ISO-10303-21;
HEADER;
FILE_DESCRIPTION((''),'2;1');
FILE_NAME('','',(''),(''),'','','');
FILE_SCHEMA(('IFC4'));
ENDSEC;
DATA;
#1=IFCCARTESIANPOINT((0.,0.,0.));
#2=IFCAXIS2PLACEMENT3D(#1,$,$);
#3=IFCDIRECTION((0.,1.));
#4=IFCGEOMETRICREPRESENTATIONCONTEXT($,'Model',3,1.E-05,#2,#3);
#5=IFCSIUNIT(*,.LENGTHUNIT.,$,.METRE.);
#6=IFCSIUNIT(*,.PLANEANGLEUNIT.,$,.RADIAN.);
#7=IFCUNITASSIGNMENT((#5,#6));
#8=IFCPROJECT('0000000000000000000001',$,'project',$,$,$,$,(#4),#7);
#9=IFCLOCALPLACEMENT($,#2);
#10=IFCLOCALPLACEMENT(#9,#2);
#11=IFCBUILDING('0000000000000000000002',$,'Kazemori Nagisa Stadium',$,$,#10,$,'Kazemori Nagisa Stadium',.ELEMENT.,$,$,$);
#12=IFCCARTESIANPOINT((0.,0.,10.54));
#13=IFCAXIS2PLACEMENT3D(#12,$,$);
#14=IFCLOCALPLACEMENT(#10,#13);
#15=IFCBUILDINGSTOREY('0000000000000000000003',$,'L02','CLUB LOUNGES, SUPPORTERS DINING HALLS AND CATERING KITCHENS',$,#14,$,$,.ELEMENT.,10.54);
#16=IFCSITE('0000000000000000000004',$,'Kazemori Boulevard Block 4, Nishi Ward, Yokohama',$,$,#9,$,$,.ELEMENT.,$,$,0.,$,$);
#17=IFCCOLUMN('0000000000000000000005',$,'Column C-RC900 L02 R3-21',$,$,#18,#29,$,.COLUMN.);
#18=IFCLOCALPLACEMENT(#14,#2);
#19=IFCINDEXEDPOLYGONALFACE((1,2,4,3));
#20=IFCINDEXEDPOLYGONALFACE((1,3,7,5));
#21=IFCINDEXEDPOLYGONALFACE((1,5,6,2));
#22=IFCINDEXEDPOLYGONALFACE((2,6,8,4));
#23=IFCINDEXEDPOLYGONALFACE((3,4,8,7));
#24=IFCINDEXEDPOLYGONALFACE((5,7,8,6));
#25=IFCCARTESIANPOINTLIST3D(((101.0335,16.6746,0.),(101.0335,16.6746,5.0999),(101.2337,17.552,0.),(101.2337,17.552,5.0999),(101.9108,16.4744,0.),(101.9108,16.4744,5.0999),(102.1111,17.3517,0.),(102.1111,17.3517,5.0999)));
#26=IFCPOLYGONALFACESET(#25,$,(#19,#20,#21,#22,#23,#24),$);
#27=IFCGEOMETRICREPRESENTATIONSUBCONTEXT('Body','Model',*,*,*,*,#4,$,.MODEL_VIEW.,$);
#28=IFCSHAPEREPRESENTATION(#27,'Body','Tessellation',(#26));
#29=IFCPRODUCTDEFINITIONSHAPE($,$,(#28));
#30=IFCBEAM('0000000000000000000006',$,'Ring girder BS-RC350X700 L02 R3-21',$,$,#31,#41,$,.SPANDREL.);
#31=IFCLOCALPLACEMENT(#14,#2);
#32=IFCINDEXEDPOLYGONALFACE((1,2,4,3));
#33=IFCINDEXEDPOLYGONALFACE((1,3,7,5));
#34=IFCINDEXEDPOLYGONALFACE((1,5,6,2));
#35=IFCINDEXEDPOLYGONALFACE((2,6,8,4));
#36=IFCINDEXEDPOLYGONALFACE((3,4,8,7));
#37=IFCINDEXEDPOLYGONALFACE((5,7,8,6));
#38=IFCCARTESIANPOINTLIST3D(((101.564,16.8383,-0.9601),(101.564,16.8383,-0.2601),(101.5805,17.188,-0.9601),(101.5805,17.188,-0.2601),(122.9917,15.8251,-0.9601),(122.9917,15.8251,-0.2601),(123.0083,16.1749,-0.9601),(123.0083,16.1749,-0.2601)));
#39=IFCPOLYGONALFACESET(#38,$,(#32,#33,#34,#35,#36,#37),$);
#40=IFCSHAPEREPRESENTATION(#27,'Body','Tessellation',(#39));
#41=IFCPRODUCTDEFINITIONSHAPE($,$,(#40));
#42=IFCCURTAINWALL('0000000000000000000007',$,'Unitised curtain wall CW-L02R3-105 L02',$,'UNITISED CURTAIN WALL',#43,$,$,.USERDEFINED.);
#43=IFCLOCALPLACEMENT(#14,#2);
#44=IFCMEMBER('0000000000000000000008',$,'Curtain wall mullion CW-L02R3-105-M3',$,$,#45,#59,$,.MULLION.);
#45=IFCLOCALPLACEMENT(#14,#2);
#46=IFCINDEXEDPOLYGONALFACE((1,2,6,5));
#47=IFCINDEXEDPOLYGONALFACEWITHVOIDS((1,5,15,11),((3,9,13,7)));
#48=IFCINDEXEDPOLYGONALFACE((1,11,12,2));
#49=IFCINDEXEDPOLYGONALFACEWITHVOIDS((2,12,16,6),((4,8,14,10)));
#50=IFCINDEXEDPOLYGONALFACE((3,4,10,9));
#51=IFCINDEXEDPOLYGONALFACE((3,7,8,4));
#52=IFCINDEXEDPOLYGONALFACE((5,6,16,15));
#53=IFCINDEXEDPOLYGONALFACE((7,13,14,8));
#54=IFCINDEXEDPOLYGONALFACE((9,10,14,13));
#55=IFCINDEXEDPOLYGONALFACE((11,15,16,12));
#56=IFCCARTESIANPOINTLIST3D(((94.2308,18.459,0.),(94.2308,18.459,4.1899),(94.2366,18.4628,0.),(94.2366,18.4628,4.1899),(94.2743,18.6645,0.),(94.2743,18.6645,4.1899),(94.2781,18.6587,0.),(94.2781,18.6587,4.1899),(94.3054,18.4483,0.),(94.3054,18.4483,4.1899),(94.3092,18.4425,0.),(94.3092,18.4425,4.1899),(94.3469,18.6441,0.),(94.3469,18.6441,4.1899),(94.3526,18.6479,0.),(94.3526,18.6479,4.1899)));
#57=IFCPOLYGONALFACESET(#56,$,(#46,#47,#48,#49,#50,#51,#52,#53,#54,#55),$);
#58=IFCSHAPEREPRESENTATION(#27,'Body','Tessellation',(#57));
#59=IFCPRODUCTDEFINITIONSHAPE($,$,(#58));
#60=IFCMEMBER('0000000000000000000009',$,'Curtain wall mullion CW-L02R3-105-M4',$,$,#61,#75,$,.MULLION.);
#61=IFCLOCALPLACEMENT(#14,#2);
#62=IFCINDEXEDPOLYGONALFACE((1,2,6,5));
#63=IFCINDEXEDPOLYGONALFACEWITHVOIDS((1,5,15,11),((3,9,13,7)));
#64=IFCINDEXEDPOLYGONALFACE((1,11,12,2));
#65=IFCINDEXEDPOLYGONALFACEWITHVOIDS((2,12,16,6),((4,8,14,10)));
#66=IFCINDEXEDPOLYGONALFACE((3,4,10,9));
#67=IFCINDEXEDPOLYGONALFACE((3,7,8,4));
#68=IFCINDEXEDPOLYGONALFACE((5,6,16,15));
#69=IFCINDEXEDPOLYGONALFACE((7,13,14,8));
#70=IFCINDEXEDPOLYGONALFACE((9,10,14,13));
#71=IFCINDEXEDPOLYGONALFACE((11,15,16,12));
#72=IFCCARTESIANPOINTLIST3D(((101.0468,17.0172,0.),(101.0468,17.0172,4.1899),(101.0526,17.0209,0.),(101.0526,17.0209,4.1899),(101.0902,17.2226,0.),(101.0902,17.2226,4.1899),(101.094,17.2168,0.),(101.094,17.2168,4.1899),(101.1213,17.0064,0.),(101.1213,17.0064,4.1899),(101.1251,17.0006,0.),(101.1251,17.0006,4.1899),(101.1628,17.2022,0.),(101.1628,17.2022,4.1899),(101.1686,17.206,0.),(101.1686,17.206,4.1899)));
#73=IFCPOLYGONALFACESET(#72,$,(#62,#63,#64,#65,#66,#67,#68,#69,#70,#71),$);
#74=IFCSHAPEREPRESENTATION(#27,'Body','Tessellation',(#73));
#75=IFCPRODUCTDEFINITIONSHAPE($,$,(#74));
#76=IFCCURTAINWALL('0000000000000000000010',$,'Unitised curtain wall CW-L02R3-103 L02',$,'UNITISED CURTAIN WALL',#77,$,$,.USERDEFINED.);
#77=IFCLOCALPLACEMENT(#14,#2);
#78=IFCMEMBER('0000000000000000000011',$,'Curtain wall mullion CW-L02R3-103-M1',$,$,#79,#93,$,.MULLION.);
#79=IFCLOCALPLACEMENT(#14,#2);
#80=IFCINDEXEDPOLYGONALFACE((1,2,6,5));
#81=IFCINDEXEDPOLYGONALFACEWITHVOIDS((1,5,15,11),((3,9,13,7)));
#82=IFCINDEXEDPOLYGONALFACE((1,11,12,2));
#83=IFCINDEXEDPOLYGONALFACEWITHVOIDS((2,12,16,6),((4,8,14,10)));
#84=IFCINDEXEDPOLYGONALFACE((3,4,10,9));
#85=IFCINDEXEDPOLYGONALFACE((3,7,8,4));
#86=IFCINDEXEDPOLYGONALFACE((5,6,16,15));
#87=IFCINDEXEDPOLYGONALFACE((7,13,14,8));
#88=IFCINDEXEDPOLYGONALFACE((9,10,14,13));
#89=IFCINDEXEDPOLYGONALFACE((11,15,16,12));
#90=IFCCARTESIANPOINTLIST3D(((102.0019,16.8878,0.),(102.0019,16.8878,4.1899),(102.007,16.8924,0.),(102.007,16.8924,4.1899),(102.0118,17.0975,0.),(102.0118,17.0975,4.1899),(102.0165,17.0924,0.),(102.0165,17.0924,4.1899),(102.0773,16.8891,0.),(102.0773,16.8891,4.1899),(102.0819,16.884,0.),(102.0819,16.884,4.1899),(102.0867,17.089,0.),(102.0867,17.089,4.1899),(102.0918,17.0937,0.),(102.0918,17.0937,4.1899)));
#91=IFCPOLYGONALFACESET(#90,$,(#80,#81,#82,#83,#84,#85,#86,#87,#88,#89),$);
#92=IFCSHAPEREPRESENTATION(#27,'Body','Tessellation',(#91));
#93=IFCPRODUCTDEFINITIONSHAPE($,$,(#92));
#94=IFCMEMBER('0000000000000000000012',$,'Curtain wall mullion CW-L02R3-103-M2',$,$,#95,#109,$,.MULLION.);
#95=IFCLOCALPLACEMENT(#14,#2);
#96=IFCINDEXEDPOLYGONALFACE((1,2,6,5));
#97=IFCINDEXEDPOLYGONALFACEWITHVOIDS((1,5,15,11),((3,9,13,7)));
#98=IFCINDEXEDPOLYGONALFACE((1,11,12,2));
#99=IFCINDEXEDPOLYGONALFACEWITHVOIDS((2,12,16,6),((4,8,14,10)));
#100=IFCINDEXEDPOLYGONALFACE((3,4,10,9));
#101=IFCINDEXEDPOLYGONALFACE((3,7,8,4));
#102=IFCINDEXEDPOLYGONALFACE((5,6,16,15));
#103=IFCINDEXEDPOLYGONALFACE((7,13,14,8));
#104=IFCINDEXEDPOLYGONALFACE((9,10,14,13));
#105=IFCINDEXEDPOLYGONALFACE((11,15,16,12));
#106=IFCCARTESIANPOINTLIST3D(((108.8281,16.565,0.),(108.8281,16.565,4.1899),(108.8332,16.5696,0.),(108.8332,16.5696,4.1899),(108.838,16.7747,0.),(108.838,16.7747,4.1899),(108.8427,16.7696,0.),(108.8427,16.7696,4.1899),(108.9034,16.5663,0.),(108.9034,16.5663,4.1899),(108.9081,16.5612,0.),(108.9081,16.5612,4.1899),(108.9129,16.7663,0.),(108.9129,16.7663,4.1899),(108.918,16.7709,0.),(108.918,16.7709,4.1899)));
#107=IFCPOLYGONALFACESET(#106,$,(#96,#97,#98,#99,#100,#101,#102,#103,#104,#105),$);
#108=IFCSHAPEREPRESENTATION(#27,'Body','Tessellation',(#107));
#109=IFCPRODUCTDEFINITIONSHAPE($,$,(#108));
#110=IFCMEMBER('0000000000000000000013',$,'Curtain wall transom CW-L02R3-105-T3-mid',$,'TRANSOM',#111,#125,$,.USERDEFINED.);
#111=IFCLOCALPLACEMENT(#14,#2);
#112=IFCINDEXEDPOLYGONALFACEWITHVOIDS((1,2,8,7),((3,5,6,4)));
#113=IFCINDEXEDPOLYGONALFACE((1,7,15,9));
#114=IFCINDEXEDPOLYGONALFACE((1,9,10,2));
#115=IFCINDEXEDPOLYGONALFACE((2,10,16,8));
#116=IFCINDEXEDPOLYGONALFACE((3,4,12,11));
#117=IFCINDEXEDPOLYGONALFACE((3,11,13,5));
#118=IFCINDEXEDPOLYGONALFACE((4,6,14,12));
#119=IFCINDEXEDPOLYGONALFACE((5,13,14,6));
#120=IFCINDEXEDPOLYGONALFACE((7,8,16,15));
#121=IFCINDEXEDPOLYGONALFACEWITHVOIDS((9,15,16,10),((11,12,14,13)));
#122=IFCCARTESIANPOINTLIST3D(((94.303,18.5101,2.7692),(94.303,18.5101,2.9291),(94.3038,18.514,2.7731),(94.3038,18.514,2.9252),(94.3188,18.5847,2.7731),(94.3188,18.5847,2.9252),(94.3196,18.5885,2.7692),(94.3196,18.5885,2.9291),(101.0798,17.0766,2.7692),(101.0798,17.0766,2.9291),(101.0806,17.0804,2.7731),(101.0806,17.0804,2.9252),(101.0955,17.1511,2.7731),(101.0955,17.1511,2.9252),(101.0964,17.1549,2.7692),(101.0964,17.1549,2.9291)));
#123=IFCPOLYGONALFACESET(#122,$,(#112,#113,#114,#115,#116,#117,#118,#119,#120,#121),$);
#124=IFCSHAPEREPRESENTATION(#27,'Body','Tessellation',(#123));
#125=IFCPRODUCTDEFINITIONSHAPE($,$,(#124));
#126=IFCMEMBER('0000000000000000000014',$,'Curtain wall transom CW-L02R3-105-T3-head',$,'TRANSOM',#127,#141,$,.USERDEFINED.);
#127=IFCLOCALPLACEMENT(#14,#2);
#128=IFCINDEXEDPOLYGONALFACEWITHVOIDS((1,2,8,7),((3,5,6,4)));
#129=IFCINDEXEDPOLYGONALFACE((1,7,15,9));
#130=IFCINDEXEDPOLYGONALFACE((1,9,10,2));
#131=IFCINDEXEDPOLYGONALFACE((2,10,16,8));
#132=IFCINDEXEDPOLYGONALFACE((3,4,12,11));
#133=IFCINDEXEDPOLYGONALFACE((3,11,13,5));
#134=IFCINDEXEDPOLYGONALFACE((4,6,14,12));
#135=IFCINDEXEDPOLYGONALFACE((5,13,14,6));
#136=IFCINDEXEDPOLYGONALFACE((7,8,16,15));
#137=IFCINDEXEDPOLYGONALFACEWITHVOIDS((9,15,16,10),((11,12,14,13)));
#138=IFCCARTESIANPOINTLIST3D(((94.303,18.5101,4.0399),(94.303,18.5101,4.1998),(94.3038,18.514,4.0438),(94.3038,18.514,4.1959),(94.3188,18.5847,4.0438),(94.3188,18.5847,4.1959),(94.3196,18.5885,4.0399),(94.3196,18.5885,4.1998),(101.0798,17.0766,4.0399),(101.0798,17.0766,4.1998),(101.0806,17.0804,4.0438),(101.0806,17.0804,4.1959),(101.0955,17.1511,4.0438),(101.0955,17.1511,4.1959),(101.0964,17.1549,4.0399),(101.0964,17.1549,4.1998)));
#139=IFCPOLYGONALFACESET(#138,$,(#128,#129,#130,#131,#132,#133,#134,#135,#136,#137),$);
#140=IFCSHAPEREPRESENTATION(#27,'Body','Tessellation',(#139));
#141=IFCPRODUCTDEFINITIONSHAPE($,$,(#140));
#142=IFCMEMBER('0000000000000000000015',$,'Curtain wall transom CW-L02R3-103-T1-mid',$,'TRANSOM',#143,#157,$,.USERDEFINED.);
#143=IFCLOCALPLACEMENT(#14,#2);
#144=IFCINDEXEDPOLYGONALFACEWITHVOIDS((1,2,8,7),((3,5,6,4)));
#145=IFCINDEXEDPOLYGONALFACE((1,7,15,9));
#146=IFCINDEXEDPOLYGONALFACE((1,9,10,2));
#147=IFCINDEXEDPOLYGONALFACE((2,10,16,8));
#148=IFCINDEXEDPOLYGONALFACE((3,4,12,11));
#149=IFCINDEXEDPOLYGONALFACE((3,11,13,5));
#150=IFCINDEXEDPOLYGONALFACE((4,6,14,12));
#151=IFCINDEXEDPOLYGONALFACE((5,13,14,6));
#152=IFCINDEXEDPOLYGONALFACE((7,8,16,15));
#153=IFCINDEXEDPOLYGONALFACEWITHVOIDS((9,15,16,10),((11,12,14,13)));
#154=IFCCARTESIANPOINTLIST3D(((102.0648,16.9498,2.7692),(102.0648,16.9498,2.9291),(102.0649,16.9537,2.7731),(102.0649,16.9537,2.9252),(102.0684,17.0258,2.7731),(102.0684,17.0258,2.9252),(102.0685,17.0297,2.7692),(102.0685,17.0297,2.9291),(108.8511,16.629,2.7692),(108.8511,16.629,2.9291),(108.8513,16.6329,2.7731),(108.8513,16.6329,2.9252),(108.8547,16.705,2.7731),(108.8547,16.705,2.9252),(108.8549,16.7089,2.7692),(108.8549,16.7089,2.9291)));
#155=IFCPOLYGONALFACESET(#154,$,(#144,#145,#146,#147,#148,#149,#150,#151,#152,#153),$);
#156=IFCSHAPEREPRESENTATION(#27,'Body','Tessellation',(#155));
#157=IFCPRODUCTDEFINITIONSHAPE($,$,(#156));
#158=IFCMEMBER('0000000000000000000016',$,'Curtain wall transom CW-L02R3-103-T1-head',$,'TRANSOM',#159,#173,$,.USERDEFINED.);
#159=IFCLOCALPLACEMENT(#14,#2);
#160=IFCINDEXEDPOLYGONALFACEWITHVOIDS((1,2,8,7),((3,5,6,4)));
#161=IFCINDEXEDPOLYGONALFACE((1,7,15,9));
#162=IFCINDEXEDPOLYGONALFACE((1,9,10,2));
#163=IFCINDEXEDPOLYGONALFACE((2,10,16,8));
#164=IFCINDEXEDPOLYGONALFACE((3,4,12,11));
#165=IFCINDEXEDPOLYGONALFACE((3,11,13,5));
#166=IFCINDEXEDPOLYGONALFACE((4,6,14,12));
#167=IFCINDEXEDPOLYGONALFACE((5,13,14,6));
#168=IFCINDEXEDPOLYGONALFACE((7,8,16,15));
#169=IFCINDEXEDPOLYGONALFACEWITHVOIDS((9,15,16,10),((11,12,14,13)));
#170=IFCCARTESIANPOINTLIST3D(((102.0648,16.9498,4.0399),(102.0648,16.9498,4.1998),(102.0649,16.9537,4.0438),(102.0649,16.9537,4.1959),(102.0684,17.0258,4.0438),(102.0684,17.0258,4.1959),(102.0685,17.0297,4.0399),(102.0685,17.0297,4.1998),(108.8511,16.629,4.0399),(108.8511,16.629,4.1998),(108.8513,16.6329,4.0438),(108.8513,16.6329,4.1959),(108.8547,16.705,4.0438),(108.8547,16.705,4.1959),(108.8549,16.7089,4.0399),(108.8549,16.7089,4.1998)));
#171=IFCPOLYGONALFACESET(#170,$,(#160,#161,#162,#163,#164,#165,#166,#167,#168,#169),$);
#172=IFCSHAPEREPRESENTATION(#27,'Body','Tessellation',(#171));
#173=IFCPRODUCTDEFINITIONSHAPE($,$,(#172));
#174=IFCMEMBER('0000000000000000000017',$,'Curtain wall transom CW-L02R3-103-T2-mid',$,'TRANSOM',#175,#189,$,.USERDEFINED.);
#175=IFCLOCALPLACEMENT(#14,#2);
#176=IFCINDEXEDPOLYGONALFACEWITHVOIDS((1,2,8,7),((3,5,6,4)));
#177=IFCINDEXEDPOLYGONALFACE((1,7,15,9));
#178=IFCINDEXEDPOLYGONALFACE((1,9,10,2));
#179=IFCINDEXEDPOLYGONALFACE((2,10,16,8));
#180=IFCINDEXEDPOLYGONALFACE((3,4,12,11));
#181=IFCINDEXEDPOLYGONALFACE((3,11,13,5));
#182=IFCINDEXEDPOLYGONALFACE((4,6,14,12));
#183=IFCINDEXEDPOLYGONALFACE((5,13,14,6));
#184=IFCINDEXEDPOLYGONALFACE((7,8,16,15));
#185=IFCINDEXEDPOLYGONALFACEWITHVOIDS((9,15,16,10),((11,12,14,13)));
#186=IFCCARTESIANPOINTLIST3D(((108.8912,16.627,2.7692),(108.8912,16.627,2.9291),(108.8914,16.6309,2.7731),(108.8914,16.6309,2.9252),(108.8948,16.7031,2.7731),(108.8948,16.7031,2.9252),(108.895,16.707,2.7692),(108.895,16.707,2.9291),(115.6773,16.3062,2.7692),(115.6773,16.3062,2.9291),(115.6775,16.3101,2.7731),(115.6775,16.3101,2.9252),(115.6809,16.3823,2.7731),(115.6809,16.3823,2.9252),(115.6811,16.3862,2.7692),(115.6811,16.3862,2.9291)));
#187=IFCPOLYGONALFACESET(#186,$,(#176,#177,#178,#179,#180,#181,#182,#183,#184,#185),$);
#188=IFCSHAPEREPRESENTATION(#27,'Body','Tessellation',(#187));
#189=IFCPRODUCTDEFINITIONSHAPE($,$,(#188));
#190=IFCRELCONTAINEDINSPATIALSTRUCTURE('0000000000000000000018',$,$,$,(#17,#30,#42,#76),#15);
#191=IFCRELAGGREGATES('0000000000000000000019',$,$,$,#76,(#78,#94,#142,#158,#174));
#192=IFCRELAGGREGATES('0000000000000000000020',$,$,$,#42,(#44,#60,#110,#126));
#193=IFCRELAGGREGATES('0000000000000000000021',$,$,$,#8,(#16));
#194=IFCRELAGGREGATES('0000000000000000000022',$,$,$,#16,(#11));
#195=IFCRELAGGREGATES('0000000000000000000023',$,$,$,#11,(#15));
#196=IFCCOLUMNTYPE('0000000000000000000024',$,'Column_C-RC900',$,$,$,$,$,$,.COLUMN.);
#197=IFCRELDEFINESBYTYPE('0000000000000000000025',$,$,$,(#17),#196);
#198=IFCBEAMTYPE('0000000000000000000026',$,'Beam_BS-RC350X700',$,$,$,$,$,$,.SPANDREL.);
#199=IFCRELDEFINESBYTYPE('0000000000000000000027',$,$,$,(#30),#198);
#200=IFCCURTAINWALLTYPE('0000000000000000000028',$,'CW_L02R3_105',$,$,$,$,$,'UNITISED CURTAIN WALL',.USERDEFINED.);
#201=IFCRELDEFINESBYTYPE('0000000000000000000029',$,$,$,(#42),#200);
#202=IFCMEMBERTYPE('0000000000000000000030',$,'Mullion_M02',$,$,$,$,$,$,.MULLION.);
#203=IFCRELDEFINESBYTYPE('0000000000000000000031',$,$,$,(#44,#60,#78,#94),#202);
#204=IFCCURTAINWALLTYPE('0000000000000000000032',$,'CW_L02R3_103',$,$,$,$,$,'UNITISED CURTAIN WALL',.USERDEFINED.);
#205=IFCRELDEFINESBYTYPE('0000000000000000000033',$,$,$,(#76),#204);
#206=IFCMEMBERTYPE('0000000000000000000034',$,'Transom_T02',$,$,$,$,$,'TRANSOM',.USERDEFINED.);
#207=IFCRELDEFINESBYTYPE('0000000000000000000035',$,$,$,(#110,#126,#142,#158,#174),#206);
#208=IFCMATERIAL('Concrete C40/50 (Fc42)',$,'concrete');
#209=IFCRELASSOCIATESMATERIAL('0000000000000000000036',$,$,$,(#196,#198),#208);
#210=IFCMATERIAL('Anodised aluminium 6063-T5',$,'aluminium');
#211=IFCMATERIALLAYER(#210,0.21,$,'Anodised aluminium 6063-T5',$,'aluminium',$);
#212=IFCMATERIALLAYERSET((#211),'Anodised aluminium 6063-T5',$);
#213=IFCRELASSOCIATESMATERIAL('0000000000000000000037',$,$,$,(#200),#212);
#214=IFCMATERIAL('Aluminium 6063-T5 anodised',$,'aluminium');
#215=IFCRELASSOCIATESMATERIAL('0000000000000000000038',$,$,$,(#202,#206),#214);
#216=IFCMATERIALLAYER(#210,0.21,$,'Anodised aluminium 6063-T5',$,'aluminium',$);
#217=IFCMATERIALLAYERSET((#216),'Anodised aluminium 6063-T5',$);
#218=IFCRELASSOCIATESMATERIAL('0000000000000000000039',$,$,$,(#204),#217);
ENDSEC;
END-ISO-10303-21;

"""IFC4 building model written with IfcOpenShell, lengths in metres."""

from ifc_helpers import new_model, si_unit, direction, frame, origin, origin_2d, place, context, subcontext, project, spatial, rectangle, hollow_rectangle, extrude, material, layer, layer_set, material_profile, profile_set, type_object, element, aggregate, save


model = new_model("IFC4")

# Units and contexts
model_context = context("Model", 3, precision=1e-05, world=origin(), true_north=direction((0.0, 1.0)))
body_context = subcontext(model_context, "Body", "Model", "MODEL_VIEW")
ifc_project = project(units=[si_unit("LENGTHUNIT", "METRE"), si_unit("PLANEANGLEUNIT", "RADIAN")], contexts=[model_context])

# Site, building, storey
site_placement = place(None, origin())
site = spatial("IfcSite", under=ifc_project, at=site_placement, Name="Kazemori Boulevard Block 4, Nishi Ward, Yokohama", CompositionType="ELEMENT", RefElevation=0.0)
building_placement = place(site_placement, origin())
building = spatial("IfcBuilding", under=site, at=building_placement, Name="Kazemori Nagisa Stadium", LongName="Kazemori Nagisa Stadium", CompositionType="ELEMENT")
storey_placement = place(building_placement, frame((0.0, 0.0, 10.54)))
storey = spatial("IfcBuildingStorey", under=building, at=storey_placement, Name="L02", Description="CLUB LOUNGES, SUPPORTERS DINING HALLS AND CATERING KITCHENS", CompositionType="ELEMENT", Elevation=10.54)

# Column
ifc_material_1 = material(Name="Concrete C40/50 (Fc42)", Category="concrete")
ifc_material_profile_1 = material_profile(ifc_material_1, rectangle(XDim=0.8999, YDim=0.8999, at=origin_2d()), Name="RC-COL-900x900")
ifc_profile_set_1 = profile_set([ifc_material_profile_1], Name="Concrete C40/50 (Fc42)")
column_type = type_object("IfcColumnType", Name="Column_C-RC900", PredefinedType="COLUMN", material=ifc_profile_set_1)
column_placement = place(storey_placement, frame((101.5723, 17.0132, 0.0), z_axis=(0.0, 0.0, 1.0), x_axis=(-0.222521, -0.974928, 0.0)))
element("IfcColumn", 1, at=column_placement, inside=storey, type_object=column_type, Name="Column C-RC900 L02 R3-21", PredefinedType="COLUMN", context=body_context, shape_type="SweptSolid", body=[
    extrude(rectangle(XDim=0.8999, YDim=0.8999, at=origin_2d()), origin(), (0.0, 0.0, 1.0), 5.0999),
])

# Beam
ifc_material_profile_2 = material_profile(ifc_material_1, rectangle(XDim=0.3501, YDim=0.7, at=origin_2d()), Name="RC-SP-350x700")
ifc_profile_set_2 = profile_set([ifc_material_profile_2], Name="Concrete C40/50 (Fc42)")
beam_type = type_object("IfcBeamType", Name="Beam_BS-RC350X700", PredefinedType="SPANDREL", material=ifc_profile_set_2)
beam_placement = place(storey_placement, frame((101.5723, 17.0132, -0.6101), z_axis=(0.998884, -0.047231, 0.0), x_axis=(0.047231, 0.998884, 0.0)))
element("IfcBeam", 2, at=beam_placement, inside=storey, type_object=beam_type, Name="Ring girder BS-RC350X700 L02 R3-21", PredefinedType="SPANDREL", context=body_context, shape_type="SweptSolid", body=[
    extrude(rectangle(XDim=0.3501, YDim=0.7, at=origin_2d()), origin(), (0.0, 0.0, 1.0), 21.4517),
])

# Curtain walls, members
ifc_material_2 = material(Name="Anodised aluminium 6063-T5", Category="aluminium")
ifc_layer_1 = layer(ifc_material_2, 0.21, Name="Anodised aluminium 6063-T5", Category="aluminium")
ifc_layer_set_1 = layer_set([ifc_layer_1], Name="Anodised aluminium 6063-T5")
curtain_wall_type_1 = type_object("IfcCurtainWallType", Name="CW_L02R3_105", ElementType="UNITISED CURTAIN WALL", PredefinedType="USERDEFINED", material=ifc_layer_set_1)
curtain_wall_1_placement = place(storey_placement, origin())
curtain_wall_1 = element("IfcCurtainWall", 3, at=curtain_wall_1_placement, inside=storey, type_object=curtain_wall_type_1, Name="Unitised curtain wall CW-L02R3-105 L02", ObjectType="UNITISED CURTAIN WALL", PredefinedType="USERDEFINED")
ifc_material_3 = material(Name="Aluminium 6063-T5 anodised", Category="aluminium")
ifc_material_profile_3 = material_profile(ifc_material_3, hollow_rectangle(XDim=0.0801, YDim=0.21, WallThickness=0.0049, at=origin_2d()), Name="ALU-MULL-80x210x5")
ifc_profile_set_3 = profile_set([ifc_material_profile_3], Name="Aluminium 6063-T5 anodised")
member_type_1 = type_object("IfcMemberType", Name="Mullion_M02", PredefinedType="MULLION", material=ifc_profile_set_3)
member_1_placement = place(storey_placement, frame((94.2917, 18.5535, 0.0), z_axis=(0.0, 0.0, 1.0), x_axis=(0.978345, -0.206981, 0.0)))
member_1 = element("IfcMember", 4, at=member_1_placement, type_object=member_type_1, Name="Curtain wall mullion CW-L02R3-105-M3", PredefinedType="MULLION", context=body_context, shape_type="SweptSolid", body=[
    extrude(hollow_rectangle(XDim=0.0801, YDim=0.21, WallThickness=0.0049, at=origin_2d()), origin(), (0.0, 0.0, 1.0), 4.1899),
])
member_2_placement = place(storey_placement, frame((101.1077, 17.1116, 0.0), z_axis=(0.0, 0.0, 1.0), x_axis=(0.978345, -0.206981, 0.0)))
member_2 = element("IfcMember", 5, at=member_2_placement, type_object=member_type_1, Name="Curtain wall mullion CW-L02R3-105-M4", PredefinedType="MULLION", context=body_context, shape_type="SweptSolid", body=[
    extrude(hollow_rectangle(XDim=0.0801, YDim=0.21, WallThickness=0.0049, at=origin_2d()), origin(), (0.0, 0.0, 1.0), 4.1899),
])
ifc_layer_2 = layer(ifc_material_2, 0.21, Name="Anodised aluminium 6063-T5", Category="aluminium")
ifc_layer_set_2 = layer_set([ifc_layer_2], Name="Anodised aluminium 6063-T5")
curtain_wall_type_2 = type_object("IfcCurtainWallType", Name="CW_L02R3_103", ElementType="UNITISED CURTAIN WALL", PredefinedType="USERDEFINED", material=ifc_layer_set_2)
curtain_wall_2_placement = place(storey_placement, origin())
curtain_wall_2 = element("IfcCurtainWall", 6, at=curtain_wall_2_placement, inside=storey, type_object=curtain_wall_type_2, Name="Unitised curtain wall CW-L02R3-103 L02", ObjectType="UNITISED CURTAIN WALL", PredefinedType="USERDEFINED")
member_3_placement = place(storey_placement, frame((102.0469, 16.9907, 0.0), z_axis=(0.0, 0.0, 1.0), x_axis=(0.998884, -0.04723, 0.0)))
member_3 = element("IfcMember", 7, at=member_3_placement, type_object=member_type_1, Name="Curtain wall mullion CW-L02R3-103-M1", PredefinedType="MULLION", context=body_context, shape_type="SweptSolid", body=[
    extrude(hollow_rectangle(XDim=0.0801, YDim=0.21, WallThickness=0.0049, at=origin_2d()), origin(), (0.0, 0.0, 1.0), 4.1899),
])
member_4_placement = place(storey_placement, frame((108.873, 16.668, 0.0), z_axis=(0.0, 0.0, 1.0), x_axis=(0.998884, -0.04723, 0.0)))
member_4 = element("IfcMember", 8, at=member_4_placement, type_object=member_type_1, Name="Curtain wall mullion CW-L02R3-103-M2", PredefinedType="MULLION", context=body_context, shape_type="SweptSolid", body=[
    extrude(hollow_rectangle(XDim=0.0801, YDim=0.21, WallThickness=0.0049, at=origin_2d()), origin(), (0.0, 0.0, 1.0), 4.1899),
])

# Members
ifc_material_profile_4 = material_profile(ifc_material_3, hollow_rectangle(XDim=0.0801, YDim=0.1599, WallThickness=0.0039, at=origin_2d()), Name="ALU-TRAN-80x160x4")
ifc_profile_set_4 = profile_set([ifc_material_profile_4], Name="Aluminium 6063-T5 anodised")
member_type_2 = type_object("IfcMemberType", Name="Transom_T02", ElementType="TRANSOM", PredefinedType="USERDEFINED", material=ifc_profile_set_4)
member_5_placement = place(storey_placement, frame((94.3113, 18.5493, 2.8491), z_axis=(0.978349, -0.206962, 0.0), x_axis=(0.206962, 0.978349, 0.0)))
member_5 = element("IfcMember", 9, at=member_5_placement, type_object=member_type_2, Name="Curtain wall transom CW-L02R3-105-T3-mid", ObjectType="TRANSOM", PredefinedType="USERDEFINED", context=body_context, shape_type="SweptSolid", body=[
    extrude(hollow_rectangle(XDim=0.0801, YDim=0.1599, WallThickness=0.0039, at=origin_2d()), origin(), (0.0, 0.0, 1.0), 6.9268),
])
member_6_placement = place(storey_placement, frame((94.3113, 18.5493, 4.1199), z_axis=(0.978349, -0.206962, 0.0), x_axis=(0.206962, 0.978349, 0.0)))
member_6 = element("IfcMember", 10, at=member_6_placement, type_object=member_type_2, Name="Curtain wall transom CW-L02R3-105-T3-head", ObjectType="TRANSOM", PredefinedType="USERDEFINED", context=body_context, shape_type="SweptSolid", body=[
    extrude(hollow_rectangle(XDim=0.0801, YDim=0.1599, WallThickness=0.0039, at=origin_2d()), origin(), (0.0, 0.0, 1.0), 6.9268),
])
member_7_placement = place(storey_placement, frame((102.0667, 16.9897, 2.8491), z_axis=(0.998885, -0.047219, 0.0), x_axis=(0.047219, 0.998885, 0.0)))
member_7 = element("IfcMember", 11, at=member_7_placement, type_object=member_type_2, Name="Curtain wall transom CW-L02R3-103-T1-mid", ObjectType="TRANSOM", PredefinedType="USERDEFINED", context=body_context, shape_type="SweptSolid", body=[
    extrude(hollow_rectangle(XDim=0.0801, YDim=0.1599, WallThickness=0.0039, at=origin_2d()), origin(), (0.0, 0.0, 1.0), 6.7939),
])
member_8_placement = place(storey_placement, frame((102.0667, 16.9897, 4.1199), z_axis=(0.998885, -0.047219, 0.0), x_axis=(0.047219, 0.998885, 0.0)))
member_8 = element("IfcMember", 12, at=member_8_placement, type_object=member_type_2, Name="Curtain wall transom CW-L02R3-103-T1-head", ObjectType="TRANSOM", PredefinedType="USERDEFINED", context=body_context, shape_type="SweptSolid", body=[
    extrude(hollow_rectangle(XDim=0.0801, YDim=0.1599, WallThickness=0.0039, at=origin_2d()), origin(), (0.0, 0.0, 1.0), 6.7939),
])
member_9_placement = place(storey_placement, frame((108.8931, 16.667, 2.8491), z_axis=(0.998885, -0.04722, 0.0), x_axis=(0.04722, 0.998885, 0.0)))
member_9 = element("IfcMember", 13, at=member_9_placement, type_object=member_type_2, Name="Curtain wall transom CW-L02R3-103-T2-mid", ObjectType="TRANSOM", PredefinedType="USERDEFINED", context=body_context, shape_type="SweptSolid", body=[
    extrude(hollow_rectangle(XDim=0.0801, YDim=0.1599, WallThickness=0.0039, at=origin_2d()), origin(), (0.0, 0.0, 1.0), 6.7937),
])

aggregate(curtain_wall_2, [member_3, member_4, member_7, member_8, member_9])
aggregate(curtain_wall_1, [member_1, member_2, member_5, member_6])

save(model, "model.ifc")
